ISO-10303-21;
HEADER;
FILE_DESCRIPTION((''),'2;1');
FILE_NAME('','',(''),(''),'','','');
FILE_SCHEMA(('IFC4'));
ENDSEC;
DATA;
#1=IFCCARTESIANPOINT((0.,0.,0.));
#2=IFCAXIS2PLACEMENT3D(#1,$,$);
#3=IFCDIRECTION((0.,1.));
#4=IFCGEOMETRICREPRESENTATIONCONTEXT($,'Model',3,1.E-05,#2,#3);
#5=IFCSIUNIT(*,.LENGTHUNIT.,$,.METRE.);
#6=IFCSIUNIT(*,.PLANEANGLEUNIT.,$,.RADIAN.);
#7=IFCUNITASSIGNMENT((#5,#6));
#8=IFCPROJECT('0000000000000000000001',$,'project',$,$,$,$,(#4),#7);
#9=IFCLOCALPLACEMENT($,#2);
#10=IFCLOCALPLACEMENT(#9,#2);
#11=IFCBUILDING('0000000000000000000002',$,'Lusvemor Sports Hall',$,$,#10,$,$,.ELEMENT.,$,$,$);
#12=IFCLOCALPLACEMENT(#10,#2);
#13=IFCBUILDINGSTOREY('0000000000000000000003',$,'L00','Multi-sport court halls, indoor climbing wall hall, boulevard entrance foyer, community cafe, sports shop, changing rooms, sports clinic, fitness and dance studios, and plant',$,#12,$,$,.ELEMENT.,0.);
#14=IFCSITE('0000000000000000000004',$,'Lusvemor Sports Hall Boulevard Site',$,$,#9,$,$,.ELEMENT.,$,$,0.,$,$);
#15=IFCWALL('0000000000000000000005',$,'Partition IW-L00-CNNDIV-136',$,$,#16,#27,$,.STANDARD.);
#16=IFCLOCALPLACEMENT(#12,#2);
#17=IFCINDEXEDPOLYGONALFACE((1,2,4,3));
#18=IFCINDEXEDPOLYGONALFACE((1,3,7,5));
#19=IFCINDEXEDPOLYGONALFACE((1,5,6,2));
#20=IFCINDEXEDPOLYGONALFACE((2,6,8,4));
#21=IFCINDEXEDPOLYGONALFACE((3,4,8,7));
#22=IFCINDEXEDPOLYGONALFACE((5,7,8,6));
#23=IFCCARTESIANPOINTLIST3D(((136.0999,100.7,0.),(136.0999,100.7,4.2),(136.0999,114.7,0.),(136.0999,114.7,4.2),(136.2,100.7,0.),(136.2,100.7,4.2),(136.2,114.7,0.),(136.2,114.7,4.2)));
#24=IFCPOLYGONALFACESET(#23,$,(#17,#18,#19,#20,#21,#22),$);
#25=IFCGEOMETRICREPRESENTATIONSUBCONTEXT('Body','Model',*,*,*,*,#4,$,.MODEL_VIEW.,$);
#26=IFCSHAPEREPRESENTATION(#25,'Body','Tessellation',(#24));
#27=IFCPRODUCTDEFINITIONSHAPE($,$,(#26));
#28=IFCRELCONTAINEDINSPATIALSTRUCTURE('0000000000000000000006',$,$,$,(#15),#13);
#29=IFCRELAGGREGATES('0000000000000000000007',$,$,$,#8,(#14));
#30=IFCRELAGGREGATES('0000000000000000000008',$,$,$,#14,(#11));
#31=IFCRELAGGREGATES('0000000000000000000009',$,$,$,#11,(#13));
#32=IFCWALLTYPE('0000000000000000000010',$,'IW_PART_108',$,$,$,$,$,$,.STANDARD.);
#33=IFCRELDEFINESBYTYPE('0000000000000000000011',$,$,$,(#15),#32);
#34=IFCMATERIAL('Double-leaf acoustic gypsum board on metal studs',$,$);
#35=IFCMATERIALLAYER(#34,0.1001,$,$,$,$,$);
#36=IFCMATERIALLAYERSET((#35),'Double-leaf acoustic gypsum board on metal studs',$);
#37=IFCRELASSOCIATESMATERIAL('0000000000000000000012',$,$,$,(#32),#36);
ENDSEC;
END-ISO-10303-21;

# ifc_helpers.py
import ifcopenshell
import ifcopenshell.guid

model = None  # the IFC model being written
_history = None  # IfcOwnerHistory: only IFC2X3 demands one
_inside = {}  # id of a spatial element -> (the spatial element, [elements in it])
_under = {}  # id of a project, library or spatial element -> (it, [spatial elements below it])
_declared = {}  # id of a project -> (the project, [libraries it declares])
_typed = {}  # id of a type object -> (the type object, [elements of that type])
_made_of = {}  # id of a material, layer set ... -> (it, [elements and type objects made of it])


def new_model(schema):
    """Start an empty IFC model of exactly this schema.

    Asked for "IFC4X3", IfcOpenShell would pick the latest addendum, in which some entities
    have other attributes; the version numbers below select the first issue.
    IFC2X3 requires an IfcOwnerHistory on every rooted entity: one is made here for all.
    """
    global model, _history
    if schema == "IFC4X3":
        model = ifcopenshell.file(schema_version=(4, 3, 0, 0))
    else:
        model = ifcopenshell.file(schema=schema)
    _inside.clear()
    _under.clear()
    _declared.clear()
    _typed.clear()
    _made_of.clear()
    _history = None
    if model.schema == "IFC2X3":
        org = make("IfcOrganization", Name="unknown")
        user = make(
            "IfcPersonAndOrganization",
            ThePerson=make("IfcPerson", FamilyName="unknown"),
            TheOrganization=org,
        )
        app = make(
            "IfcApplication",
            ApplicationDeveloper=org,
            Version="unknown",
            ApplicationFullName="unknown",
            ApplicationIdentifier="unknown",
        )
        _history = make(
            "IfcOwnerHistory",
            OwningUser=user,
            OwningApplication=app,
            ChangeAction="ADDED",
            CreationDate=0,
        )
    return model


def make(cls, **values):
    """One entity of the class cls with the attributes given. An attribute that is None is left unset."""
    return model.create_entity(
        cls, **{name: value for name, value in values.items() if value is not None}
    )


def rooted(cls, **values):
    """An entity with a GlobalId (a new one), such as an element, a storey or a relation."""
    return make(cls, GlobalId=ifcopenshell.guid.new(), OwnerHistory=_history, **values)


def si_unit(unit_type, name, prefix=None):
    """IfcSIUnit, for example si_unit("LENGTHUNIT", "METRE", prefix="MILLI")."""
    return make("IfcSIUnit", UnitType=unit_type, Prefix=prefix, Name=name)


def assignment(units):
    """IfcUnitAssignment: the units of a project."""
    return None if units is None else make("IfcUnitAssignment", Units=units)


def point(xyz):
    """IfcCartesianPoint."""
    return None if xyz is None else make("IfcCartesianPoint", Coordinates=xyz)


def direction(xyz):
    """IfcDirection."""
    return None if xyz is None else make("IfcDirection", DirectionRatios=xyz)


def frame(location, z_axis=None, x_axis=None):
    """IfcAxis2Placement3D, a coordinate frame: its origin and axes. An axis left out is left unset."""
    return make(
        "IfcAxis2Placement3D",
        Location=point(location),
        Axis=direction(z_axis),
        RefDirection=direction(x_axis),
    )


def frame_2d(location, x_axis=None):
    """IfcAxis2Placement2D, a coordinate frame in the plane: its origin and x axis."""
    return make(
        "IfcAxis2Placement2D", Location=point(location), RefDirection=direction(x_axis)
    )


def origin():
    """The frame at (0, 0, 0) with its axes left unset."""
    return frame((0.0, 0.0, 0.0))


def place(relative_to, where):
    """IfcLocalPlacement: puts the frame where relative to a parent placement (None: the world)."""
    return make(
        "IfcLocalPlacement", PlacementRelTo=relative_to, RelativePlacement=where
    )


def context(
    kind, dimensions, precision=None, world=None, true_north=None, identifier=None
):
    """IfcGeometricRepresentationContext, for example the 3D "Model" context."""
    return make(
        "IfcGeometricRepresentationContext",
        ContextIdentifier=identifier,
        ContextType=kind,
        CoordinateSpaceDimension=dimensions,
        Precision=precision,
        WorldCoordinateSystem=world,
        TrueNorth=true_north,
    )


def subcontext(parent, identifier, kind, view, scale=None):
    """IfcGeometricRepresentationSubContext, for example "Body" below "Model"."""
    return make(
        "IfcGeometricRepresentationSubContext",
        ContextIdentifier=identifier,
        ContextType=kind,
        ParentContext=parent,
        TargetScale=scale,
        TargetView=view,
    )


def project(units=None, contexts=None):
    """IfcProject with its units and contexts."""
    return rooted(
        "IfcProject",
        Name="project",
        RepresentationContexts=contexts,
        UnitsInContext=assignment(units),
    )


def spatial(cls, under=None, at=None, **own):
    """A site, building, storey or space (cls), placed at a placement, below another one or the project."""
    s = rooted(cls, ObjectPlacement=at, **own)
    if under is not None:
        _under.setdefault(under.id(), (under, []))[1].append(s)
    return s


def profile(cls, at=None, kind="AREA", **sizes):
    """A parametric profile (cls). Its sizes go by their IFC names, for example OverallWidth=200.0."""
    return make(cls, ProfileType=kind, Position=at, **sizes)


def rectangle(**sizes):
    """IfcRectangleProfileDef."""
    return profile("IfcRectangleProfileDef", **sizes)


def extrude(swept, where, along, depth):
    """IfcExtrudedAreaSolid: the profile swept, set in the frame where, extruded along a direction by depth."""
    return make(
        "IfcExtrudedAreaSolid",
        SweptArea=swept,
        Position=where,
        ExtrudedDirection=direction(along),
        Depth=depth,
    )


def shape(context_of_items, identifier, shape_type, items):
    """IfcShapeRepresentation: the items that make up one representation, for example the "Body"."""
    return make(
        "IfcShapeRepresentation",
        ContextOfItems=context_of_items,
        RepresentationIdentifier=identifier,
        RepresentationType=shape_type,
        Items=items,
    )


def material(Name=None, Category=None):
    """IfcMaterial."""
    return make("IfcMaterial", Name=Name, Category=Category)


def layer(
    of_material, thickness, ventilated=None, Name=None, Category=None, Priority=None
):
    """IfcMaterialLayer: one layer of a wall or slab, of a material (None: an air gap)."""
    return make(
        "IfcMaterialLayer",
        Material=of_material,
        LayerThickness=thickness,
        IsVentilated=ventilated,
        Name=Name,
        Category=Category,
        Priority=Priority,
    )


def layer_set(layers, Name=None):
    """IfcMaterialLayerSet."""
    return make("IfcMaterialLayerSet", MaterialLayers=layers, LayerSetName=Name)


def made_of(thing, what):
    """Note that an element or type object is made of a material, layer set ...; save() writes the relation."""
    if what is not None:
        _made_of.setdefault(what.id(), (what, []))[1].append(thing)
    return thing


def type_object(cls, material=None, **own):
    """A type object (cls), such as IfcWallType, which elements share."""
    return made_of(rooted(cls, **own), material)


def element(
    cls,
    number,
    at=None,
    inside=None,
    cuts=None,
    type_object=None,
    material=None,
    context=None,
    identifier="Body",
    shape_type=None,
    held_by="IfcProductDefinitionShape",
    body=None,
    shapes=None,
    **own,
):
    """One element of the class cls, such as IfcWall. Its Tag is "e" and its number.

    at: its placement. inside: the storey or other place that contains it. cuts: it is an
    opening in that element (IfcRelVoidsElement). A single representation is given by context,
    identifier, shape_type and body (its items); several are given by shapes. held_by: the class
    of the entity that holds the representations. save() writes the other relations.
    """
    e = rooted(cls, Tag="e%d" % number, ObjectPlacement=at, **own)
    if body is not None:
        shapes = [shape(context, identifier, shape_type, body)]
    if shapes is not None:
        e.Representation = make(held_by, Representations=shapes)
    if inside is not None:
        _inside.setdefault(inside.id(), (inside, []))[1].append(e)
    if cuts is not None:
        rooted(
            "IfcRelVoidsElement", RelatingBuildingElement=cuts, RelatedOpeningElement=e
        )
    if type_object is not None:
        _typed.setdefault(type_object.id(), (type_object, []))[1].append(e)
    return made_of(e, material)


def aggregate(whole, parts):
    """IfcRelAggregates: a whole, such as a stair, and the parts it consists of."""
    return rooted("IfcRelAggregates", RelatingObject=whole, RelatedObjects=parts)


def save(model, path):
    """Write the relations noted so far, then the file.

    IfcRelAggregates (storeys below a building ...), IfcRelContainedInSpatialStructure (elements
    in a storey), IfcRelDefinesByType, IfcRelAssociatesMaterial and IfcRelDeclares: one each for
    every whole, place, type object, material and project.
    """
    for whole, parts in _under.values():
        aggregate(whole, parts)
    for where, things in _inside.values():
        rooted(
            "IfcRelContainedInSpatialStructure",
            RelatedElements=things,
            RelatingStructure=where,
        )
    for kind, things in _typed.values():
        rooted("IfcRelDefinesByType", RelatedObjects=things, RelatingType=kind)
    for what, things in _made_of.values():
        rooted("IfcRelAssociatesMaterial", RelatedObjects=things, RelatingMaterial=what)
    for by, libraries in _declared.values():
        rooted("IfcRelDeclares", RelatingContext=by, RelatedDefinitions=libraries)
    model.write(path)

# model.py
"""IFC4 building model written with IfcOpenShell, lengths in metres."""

from ifc_helpers import new_model, si_unit, direction, frame, frame_2d, origin, place, context, subcontext, project, spatial, rectangle, extrude, material, layer, layer_set, type_object, element, save


model = new_model("IFC4")

# Units and contexts
model_context = context("Model", 3, precision=1e-05, world=origin(), true_north=direction((0.0, 1.0)))
body_context = subcontext(model_context, "Body", "Model", "MODEL_VIEW")
ifc_project = project(units=[si_unit("LENGTHUNIT", "METRE"), si_unit("PLANEANGLEUNIT", "RADIAN")], contexts=[model_context])

# Site, building, storey
site_placement = place(None, origin())
site = spatial("IfcSite", under=ifc_project, at=site_placement, Name="Lusvemor Sports Hall Boulevard Site", CompositionType="ELEMENT", RefElevation=0.0)
building_placement = place(site_placement, origin())
building = spatial("IfcBuilding", under=site, at=building_placement, Name="Lusvemor Sports Hall", CompositionType="ELEMENT")
storey_placement = place(building_placement, origin())
storey = spatial("IfcBuildingStorey", under=building, at=storey_placement, Name="L00", Description="Multi-sport court halls, indoor climbing wall hall, boulevard entrance foyer, community cafe, sports shop, changing rooms, sports clinic, fitness and dance studios, and plant", CompositionType="ELEMENT", Elevation=0.0)

# Wall
ifc_material_1 = material(Name="Double-leaf acoustic gypsum board on metal studs")
ifc_layer_1 = layer(ifc_material_1, 0.1001)
ifc_layer_set_1 = layer_set([ifc_layer_1], Name="Double-leaf acoustic gypsum board on metal studs")
wall_type_1 = type_object("IfcWallType", Name="IW_PART_108", PredefinedType="STANDARD", material=ifc_layer_set_1)
wall_1_placement = place(storey_placement, frame((136.1499, 100.7, 0.0), z_axis=(0.0, 0.0, 1.0), x_axis=(0.0, 1.0, 0.0)))
element("IfcWall", 1, at=wall_1_placement, inside=storey, type_object=wall_type_1, Name="Partition IW-L00-CNNDIV-136", PredefinedType="STANDARD", context=body_context, shape_type="SweptSolid", body=[
    extrude(rectangle(XDim=14.0, YDim=0.1001, at=frame_2d((7.0, 0.0))), origin(), (0.0, 0.0, 1.0), 4.2),
])

save(model, "model.ifc")
